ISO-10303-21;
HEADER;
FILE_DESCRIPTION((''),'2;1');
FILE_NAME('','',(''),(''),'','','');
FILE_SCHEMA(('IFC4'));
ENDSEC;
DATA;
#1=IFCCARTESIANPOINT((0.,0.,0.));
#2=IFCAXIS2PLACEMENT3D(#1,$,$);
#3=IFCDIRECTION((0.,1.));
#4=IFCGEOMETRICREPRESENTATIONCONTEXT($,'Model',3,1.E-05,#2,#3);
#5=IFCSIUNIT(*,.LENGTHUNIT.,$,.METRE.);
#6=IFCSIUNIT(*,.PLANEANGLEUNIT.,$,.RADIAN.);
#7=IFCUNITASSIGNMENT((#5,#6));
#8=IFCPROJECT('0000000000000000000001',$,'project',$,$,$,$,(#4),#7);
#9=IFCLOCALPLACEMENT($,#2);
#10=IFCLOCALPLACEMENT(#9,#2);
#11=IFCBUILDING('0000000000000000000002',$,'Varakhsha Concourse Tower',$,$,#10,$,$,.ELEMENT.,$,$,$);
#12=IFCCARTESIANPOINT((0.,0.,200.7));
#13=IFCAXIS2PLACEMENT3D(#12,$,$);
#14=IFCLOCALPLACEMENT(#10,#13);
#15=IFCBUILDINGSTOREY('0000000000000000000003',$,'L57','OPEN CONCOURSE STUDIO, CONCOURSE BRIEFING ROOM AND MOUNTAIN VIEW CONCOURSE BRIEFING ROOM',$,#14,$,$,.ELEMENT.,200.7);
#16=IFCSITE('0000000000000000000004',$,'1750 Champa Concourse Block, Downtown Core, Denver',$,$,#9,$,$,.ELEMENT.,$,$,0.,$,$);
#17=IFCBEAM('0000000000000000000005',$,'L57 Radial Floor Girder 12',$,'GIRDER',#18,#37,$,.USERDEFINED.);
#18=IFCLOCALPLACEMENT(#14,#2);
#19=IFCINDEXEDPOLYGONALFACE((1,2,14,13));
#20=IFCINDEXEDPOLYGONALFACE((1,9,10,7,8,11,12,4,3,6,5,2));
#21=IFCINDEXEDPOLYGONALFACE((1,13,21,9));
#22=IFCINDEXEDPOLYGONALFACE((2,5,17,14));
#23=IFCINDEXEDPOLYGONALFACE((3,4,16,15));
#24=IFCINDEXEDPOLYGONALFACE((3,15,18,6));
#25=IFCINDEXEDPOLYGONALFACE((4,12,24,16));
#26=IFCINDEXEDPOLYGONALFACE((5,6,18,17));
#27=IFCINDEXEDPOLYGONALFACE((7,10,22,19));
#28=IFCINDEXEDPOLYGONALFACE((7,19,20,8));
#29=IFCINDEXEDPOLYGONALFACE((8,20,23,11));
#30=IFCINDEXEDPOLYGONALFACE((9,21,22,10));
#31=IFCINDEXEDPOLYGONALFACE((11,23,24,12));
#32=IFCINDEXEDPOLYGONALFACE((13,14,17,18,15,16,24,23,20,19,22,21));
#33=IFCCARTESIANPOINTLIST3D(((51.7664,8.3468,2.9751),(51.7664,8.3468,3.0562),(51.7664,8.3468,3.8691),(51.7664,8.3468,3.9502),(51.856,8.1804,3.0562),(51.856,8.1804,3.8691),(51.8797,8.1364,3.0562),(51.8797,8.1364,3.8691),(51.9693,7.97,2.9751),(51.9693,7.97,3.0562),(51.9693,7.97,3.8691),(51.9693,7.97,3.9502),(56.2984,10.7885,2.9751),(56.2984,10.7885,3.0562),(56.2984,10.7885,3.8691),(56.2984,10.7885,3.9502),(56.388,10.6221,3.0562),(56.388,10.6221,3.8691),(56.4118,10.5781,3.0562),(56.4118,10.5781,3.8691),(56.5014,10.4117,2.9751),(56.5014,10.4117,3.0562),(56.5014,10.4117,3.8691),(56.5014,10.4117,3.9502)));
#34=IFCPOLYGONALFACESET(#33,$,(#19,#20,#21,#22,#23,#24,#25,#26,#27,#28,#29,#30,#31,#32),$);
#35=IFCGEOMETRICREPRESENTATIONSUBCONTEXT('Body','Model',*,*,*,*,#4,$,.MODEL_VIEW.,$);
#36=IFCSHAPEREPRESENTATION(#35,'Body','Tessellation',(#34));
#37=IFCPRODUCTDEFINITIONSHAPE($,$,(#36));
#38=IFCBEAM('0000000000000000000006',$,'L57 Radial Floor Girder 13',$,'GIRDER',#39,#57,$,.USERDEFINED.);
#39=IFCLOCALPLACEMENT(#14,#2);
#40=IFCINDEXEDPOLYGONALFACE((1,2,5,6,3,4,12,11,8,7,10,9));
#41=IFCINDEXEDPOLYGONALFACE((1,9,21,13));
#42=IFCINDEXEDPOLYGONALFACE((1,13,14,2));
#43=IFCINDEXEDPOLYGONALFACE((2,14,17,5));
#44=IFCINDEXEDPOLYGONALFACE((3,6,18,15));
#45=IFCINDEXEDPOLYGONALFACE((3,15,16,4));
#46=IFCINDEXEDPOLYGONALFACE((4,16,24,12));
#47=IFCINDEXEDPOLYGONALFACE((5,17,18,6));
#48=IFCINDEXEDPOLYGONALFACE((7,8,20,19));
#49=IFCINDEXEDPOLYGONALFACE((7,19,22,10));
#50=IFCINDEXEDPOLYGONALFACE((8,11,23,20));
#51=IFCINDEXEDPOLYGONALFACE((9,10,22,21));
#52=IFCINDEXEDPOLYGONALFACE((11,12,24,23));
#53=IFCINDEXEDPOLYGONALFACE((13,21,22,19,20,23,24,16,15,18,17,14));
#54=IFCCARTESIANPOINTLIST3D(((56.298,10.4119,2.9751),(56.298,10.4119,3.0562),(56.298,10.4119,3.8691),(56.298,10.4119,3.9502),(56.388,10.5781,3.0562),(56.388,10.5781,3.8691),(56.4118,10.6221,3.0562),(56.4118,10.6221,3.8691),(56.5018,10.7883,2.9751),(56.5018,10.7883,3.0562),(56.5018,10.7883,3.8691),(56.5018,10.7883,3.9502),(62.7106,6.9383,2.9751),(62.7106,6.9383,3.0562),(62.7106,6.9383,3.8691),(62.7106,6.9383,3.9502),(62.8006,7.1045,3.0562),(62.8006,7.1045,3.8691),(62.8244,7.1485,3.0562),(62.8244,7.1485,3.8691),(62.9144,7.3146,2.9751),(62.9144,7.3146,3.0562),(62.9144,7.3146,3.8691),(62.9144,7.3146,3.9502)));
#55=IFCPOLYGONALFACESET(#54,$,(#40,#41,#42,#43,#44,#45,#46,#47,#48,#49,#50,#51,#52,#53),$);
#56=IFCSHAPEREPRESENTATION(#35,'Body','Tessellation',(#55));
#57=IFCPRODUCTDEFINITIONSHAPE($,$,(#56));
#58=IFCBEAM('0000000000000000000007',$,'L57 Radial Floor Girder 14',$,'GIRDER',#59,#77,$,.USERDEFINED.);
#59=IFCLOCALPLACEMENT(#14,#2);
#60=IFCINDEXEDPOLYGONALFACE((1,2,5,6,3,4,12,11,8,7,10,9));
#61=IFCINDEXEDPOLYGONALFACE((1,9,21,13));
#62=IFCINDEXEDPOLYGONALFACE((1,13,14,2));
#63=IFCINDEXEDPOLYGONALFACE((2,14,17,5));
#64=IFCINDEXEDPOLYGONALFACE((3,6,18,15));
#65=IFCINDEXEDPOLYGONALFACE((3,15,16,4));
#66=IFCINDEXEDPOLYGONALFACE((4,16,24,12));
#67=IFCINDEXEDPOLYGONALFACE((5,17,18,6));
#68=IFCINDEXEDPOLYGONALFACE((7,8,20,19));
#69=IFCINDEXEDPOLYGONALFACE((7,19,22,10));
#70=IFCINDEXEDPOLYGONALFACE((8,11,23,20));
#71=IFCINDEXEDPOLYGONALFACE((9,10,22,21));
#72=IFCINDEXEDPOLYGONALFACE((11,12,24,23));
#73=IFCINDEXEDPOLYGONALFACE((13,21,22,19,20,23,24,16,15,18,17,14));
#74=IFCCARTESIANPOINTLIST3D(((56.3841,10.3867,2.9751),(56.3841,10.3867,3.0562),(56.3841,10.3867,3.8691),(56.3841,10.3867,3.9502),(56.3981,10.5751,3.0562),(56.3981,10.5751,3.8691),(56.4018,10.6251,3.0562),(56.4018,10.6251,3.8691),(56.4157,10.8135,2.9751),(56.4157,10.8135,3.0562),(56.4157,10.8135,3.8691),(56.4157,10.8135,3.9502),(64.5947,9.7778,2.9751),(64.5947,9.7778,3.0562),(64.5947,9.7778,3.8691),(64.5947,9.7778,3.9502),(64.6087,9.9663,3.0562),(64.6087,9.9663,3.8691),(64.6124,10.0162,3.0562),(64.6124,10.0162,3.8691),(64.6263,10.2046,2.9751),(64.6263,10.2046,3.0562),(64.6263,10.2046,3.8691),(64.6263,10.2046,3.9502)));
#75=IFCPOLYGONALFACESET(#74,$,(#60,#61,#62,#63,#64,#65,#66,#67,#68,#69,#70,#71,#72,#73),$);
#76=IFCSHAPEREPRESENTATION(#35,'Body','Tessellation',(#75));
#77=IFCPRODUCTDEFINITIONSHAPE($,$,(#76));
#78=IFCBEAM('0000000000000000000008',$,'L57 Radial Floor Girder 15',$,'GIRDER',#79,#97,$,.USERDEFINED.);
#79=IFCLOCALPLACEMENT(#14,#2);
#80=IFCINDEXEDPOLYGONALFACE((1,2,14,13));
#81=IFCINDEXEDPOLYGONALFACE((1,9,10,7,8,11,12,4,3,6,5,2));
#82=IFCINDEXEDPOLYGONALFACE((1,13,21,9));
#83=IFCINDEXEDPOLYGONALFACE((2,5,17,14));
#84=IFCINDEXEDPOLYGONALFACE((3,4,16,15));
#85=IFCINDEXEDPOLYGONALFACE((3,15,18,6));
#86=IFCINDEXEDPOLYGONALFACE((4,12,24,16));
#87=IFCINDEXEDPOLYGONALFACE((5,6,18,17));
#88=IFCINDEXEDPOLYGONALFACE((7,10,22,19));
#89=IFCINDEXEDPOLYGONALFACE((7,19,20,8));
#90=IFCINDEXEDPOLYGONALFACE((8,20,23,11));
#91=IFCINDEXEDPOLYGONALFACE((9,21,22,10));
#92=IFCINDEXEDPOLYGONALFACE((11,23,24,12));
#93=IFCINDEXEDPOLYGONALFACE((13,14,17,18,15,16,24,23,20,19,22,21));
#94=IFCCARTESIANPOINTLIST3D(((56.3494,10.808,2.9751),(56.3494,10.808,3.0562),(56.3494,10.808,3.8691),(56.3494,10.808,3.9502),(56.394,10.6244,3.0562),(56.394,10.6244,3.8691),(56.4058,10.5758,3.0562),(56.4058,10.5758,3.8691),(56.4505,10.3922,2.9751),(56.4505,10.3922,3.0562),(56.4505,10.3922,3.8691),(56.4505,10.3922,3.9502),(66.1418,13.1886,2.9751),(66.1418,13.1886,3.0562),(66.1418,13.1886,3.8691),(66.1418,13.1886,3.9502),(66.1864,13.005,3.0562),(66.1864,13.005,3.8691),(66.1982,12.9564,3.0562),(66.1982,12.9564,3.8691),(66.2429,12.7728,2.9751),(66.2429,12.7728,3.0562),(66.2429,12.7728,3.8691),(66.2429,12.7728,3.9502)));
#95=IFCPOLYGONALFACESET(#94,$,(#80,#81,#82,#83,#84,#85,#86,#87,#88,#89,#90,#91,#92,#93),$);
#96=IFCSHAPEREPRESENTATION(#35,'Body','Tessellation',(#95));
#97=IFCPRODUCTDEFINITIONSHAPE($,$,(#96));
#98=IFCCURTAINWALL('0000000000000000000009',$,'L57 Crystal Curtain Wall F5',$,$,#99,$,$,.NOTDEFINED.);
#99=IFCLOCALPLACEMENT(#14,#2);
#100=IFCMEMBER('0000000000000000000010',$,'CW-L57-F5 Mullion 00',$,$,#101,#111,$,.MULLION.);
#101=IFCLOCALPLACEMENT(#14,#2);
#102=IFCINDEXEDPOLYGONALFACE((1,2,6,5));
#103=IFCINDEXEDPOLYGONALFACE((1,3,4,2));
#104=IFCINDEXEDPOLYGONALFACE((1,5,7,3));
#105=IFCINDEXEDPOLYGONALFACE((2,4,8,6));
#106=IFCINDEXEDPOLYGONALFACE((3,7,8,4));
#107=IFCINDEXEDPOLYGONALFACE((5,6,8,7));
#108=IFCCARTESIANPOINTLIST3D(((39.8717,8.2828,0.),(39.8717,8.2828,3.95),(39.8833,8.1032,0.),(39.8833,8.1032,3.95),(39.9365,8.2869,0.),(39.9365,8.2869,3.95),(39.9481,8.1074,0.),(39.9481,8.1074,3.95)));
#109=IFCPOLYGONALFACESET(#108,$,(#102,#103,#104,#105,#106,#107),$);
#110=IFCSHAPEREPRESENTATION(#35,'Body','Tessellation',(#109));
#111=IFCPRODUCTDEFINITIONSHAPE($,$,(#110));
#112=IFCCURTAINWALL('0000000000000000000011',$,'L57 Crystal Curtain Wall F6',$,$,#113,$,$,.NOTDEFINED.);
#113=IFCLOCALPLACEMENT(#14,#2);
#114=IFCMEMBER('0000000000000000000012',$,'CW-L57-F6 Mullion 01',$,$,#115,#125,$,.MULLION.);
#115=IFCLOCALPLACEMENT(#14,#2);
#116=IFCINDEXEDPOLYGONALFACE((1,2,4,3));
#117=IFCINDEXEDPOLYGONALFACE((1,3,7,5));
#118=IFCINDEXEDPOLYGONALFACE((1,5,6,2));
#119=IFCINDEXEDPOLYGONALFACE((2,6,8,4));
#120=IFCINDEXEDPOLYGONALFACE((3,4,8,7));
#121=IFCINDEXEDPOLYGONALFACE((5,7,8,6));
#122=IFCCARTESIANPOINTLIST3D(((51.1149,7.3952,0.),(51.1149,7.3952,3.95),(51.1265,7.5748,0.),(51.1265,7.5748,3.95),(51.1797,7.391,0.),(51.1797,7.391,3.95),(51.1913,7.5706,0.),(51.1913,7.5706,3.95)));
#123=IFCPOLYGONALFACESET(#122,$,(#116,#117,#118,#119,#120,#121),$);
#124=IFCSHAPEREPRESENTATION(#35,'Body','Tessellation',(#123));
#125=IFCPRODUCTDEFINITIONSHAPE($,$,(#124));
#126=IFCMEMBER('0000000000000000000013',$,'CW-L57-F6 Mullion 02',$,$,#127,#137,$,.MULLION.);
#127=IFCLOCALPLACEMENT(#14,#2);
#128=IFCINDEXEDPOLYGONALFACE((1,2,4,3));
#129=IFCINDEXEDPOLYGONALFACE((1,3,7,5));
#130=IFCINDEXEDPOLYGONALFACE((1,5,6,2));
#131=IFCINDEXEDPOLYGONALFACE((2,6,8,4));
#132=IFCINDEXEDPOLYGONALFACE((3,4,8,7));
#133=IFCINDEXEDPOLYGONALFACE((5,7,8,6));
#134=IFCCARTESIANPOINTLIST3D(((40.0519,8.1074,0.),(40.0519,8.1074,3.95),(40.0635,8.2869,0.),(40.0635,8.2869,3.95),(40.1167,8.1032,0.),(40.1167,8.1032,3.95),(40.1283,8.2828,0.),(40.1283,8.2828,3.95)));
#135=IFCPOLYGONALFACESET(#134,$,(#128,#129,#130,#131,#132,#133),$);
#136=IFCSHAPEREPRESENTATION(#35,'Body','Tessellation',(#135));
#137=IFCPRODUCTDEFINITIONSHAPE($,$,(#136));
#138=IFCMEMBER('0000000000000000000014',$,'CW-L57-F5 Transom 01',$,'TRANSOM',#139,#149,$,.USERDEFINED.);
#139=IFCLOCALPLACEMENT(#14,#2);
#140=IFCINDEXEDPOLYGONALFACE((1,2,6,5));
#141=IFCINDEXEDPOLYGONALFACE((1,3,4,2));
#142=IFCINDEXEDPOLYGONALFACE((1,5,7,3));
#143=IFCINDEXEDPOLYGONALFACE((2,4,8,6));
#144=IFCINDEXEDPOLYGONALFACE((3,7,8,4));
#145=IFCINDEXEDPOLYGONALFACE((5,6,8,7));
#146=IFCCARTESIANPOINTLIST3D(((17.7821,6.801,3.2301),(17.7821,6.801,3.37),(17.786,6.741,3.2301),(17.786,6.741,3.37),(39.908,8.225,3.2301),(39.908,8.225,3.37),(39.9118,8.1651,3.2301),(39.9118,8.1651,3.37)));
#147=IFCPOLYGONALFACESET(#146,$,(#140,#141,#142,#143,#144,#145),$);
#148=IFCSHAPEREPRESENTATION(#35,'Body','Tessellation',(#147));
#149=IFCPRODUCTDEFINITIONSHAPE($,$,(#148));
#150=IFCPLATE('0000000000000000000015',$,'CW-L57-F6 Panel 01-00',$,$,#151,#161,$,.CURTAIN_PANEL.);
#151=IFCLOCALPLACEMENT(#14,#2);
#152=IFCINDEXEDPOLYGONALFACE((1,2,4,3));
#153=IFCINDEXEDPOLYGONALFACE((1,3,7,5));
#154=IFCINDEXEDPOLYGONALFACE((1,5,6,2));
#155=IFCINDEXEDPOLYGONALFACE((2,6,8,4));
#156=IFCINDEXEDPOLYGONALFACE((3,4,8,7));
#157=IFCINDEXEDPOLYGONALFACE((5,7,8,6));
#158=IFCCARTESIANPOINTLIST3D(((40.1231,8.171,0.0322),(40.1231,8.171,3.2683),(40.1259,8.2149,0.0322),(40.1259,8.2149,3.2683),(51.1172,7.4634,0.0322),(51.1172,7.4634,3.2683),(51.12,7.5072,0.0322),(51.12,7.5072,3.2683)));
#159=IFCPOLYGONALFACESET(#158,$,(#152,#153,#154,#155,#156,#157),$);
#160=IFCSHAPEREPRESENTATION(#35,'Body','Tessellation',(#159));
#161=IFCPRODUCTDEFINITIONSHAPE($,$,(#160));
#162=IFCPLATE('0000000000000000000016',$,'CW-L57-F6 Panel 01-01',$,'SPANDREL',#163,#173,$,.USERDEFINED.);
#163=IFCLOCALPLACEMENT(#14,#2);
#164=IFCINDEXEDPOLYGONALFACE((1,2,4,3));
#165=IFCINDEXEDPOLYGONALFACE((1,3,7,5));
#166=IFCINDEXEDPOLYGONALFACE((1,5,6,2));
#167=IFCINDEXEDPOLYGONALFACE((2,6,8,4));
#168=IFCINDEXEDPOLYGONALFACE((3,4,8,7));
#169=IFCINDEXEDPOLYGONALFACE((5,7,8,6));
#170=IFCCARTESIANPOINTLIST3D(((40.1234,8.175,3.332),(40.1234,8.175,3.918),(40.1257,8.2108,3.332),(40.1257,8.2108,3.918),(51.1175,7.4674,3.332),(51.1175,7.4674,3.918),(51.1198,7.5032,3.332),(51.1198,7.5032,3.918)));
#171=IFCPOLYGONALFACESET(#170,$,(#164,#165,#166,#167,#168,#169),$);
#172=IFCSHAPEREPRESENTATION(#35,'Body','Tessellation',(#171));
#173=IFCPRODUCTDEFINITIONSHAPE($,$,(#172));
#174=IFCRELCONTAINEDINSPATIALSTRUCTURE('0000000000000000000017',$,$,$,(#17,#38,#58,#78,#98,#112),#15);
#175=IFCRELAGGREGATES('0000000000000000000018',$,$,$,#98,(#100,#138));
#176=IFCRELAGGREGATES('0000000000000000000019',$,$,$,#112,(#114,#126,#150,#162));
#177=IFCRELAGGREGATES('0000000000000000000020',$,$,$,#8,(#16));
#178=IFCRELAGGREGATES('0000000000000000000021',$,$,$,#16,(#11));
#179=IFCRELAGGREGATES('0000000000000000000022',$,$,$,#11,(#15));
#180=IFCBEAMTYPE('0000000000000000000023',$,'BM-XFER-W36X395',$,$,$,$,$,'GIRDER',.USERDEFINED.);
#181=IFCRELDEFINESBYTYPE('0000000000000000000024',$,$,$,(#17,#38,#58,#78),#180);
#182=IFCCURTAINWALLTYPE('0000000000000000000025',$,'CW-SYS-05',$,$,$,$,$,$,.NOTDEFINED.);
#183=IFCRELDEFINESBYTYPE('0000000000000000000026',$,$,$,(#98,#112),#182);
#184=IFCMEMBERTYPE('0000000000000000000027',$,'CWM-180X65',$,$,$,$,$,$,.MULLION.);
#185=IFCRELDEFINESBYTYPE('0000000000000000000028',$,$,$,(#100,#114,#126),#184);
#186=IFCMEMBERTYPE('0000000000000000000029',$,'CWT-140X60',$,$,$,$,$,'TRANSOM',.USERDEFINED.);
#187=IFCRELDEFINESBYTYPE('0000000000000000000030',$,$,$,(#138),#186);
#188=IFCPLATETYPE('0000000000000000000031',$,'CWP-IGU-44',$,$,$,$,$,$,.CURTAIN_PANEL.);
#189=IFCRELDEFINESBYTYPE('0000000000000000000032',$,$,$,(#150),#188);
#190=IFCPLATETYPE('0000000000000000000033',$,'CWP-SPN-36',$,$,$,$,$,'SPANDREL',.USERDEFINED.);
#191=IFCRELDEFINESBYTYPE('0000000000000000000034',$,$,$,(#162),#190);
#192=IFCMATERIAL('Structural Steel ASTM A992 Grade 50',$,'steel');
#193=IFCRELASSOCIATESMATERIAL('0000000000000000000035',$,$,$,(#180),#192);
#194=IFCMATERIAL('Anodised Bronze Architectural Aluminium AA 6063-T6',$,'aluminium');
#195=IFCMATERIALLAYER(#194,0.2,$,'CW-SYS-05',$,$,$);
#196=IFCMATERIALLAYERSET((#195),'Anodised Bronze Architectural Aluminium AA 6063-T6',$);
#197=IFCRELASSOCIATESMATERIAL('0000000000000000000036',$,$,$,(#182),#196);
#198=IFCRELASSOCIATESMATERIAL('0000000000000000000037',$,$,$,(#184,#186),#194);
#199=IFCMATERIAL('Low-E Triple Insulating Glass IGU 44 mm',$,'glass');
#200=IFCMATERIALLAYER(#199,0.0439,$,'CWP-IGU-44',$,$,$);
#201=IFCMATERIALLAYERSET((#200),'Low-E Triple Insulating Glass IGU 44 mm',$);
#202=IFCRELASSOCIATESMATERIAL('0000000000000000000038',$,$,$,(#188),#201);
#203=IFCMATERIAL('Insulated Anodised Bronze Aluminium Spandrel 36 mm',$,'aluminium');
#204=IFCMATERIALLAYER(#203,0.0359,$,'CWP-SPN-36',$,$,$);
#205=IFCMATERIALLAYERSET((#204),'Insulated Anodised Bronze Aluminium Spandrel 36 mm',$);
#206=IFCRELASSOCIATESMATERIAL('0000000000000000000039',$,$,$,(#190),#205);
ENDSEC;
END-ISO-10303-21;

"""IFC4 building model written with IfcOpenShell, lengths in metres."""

from ifc_helpers import new_model, si_unit, direction, frame, origin, origin_2d, place, context, subcontext, project, spatial, rectangle, i_section, extrude, source, transform, mapped, material, layer, layer_set, material_profile, profile_set, type_object, type_shapes, element, aggregate, save


model = new_model("IFC4")

# Units and contexts
model_context = context("Model", 3, precision=1e-05, world=origin(), true_north=direction((0.0, 1.0)))
body_context = subcontext(model_context, "Body", "Model", "MODEL_VIEW")
ifc_project = project(units=[si_unit("LENGTHUNIT", "METRE"), si_unit("PLANEANGLEUNIT", "RADIAN")], contexts=[model_context])

# Site, building, storey
site_placement = place(None, origin())
site = spatial("IfcSite", under=ifc_project, at=site_placement, Name="1750 Champa Concourse Block, Downtown Core, Denver", CompositionType="ELEMENT", RefElevation=0.0)
building_placement = place(site_placement, origin())
building = spatial("IfcBuilding", under=site, at=building_placement, Name="Varakhsha Concourse Tower", CompositionType="ELEMENT")
storey_placement = place(building_placement, frame((0.0, 0.0, 200.7)))
storey = spatial("IfcBuildingStorey", under=building, at=storey_placement, Name="L57", Description="OPEN CONCOURSE STUDIO, CONCOURSE BRIEFING ROOM AND MOUNTAIN VIEW CONCOURSE BRIEFING ROOM", CompositionType="ELEMENT", Elevation=200.7)

# Shared definitions
ifc_material_1 = material(Name="Structural Steel ASTM A992 Grade 50", Category="steel")

# Beams
ifc_material_profile_1 = material_profile(ifc_material_1, i_section(OverallWidth=0.428, OverallDepth=0.9751, WebThickness=0.05, FlangeThickness=0.0811, at=origin_2d()), Name="W36X395")
ifc_profile_set_1 = profile_set([ifc_material_profile_1], Name="Structural Steel ASTM A992 Grade 50")
beam_type_1 = type_object("IfcBeamType", Name="BM-XFER-W36X395", ElementType="GIRDER", PredefinedType="USERDEFINED", material=ifc_profile_set_1)
beam_1_placement = place(storey_placement, frame((56.3999, 10.6001, 3.4626), z_axis=(-0.880361, -0.474303, 0.0), x_axis=(0.474303, -0.880361, 0.0)))
element("IfcBeam", 1, at=beam_1_placement, inside=storey, type_object=beam_type_1, Name="L57 Radial Floor Girder 12", ObjectType="GIRDER", PredefinedType="USERDEFINED", context=body_context, shape_type="SweptSolid", body=[
    extrude(i_section(OverallWidth=0.428, OverallDepth=0.9751, WebThickness=0.05, FlangeThickness=0.0811, at=origin_2d()), origin(), (0.0, 0.0, 1.0), 5.1479),
])
beam_2_placement = place(storey_placement, frame((56.3999, 10.6001, 3.4626), z_axis=(0.879284, -0.476298, 0.0), x_axis=(0.476298, 0.879284, 0.0)))
element("IfcBeam", 2, at=beam_2_placement, inside=storey, type_object=beam_type_1, Name="L57 Radial Floor Girder 13", ObjectType="GIRDER", PredefinedType="USERDEFINED", context=body_context, shape_type="SweptSolid", body=[
    extrude(i_section(OverallWidth=0.428, OverallDepth=0.9751, WebThickness=0.05, FlangeThickness=0.0811, at=origin_2d()), origin(), (0.0, 0.0, 1.0), 7.293),
])
beam_3_placement = place(storey_placement, frame((56.3999, 10.6001, 3.4626), z_axis=(0.997262, -0.073955, 0.0), x_axis=(0.073955, 0.997262, 0.0)))
element("IfcBeam", 3, at=beam_3_placement, inside=storey, type_object=beam_type_1, Name="L57 Radial Floor Girder 14", ObjectType="GIRDER", PredefinedType="USERDEFINED", context=body_context, shape_type="SweptSolid", body=[
    extrude(i_section(OverallWidth=0.428, OverallDepth=0.9751, WebThickness=0.05, FlangeThickness=0.0811, at=origin_2d()), origin(), (0.0, 0.0, 1.0), 8.2332),
])
beam_4_placement = place(storey_placement, frame((56.3999, 10.6001, 3.4626), z_axis=(0.971698, 0.236226, 0.0), x_axis=(-0.236226, 0.971698, 0.0)))
element("IfcBeam", 4, at=beam_4_placement, inside=storey, type_object=beam_type_1, Name="L57 Radial Floor Girder 15", ObjectType="GIRDER", PredefinedType="USERDEFINED", context=body_context, shape_type="SweptSolid", body=[
    extrude(i_section(OverallWidth=0.428, OverallDepth=0.9751, WebThickness=0.05, FlangeThickness=0.0811, at=origin_2d()), origin(), (0.0, 0.0, 1.0), 10.0776),
])

# Curtain wall, member
ifc_material_2 = material(Name="Anodised Bronze Architectural Aluminium AA 6063-T6", Category="aluminium")
ifc_layer_1 = layer(ifc_material_2, 0.2, Name="CW-SYS-05")
ifc_layer_set_1 = layer_set([ifc_layer_1], Name="Anodised Bronze Architectural Aluminium AA 6063-T6")
curtain_wall_type = type_object("IfcCurtainWallType", Name="CW-SYS-05", PredefinedType="NOTDEFINED", material=ifc_layer_set_1)
curtain_wall_1_placement = place(storey_placement, origin())
curtain_wall_1 = element("IfcCurtainWall", 5, at=curtain_wall_1_placement, inside=storey, type_object=curtain_wall_type, Name="L57 Crystal Curtain Wall F5", PredefinedType="NOTDEFINED")
ifc_material_profile_2 = material_profile(ifc_material_2, rectangle(XDim=0.0649, YDim=0.1799, at=origin_2d()), Name="CWM-180X65")
ifc_profile_set_2 = profile_set([ifc_material_profile_2], Name="Anodised Bronze Architectural Aluminium AA 6063-T6")
member_type_1 = type_object("IfcMemberType", Name="CWM-180X65", PredefinedType="MULLION", material=ifc_profile_set_2)
shared_shape_1 = source(origin(), body_context, "Body", "SweptSolid", [
    extrude(rectangle(XDim=0.0649, YDim=0.1799, at=origin_2d()), origin(), (0.0, 0.0, 1.0), 3.95),
])
type_shapes(member_type_1, [shared_shape_1])
member_1_placement = place(storey_placement, frame((39.9099, 8.1951, 0.0), z_axis=(0.0, 0.0, 1.0), x_axis=(-0.997935, -0.064231, 0.0)))
member_1 = element("IfcMember", 6, at=member_1_placement, type_object=member_type_1, Name="CW-L57-F5 Mullion 00", PredefinedType="MULLION", context=body_context, shape_type="MappedRepresentation", body=[
    mapped(shared_shape_1, transform((0.0, 0.0, 0.0), scale=1.0)),
])

# Curtain wall, members
curtain_wall_2_placement = place(storey_placement, origin())
curtain_wall_2 = element("IfcCurtainWall", 7, at=curtain_wall_2_placement, inside=storey, type_object=curtain_wall_type, Name="L57 Crystal Curtain Wall F6", PredefinedType="NOTDEFINED")
member_2_placement = place(storey_placement, frame((51.1531, 7.4829, 0.0), z_axis=(0.0, 0.0, 1.0), x_axis=(-0.997935, 0.064231, 0.0)))
member_2 = element("IfcMember", 8, at=member_2_placement, type_object=member_type_1, Name="CW-L57-F6 Mullion 01", PredefinedType="MULLION", context=body_context, shape_type="MappedRepresentation", body=[
    mapped(shared_shape_1, transform((0.0, 0.0, 0.0), scale=1.0)),
])
member_3_placement = place(storey_placement, frame((40.0901, 8.1951, 0.0), z_axis=(0.0, 0.0, 1.0), x_axis=(-0.997935, 0.064231, 0.0)))
member_3 = element("IfcMember", 9, at=member_3_placement, type_object=member_type_1, Name="CW-L57-F6 Mullion 02", PredefinedType="MULLION", context=body_context, shape_type="MappedRepresentation", body=[
    mapped(shared_shape_1, transform((0.0, 0.0, 0.0), scale=1.0)),
])

# Member
ifc_material_profile_3 = material_profile(ifc_material_2, rectangle(XDim=0.0601, YDim=0.1399, at=origin_2d()), Name="CWT-140X60")
ifc_profile_set_3 = profile_set([ifc_material_profile_3], Name="Anodised Bronze Architectural Aluminium AA 6063-T6")
member_type_2 = type_object("IfcMemberType", Name="CWT-140X60", ElementType="TRANSOM", PredefinedType="USERDEFINED", material=ifc_profile_set_3)
shared_shape_2 = source(origin(), body_context, "Body", "SweptSolid", [
    extrude(rectangle(XDim=0.0601, YDim=0.1399, at=origin_2d()), origin(), (0.0, 0.0, 1.0), 22.1716),
])
type_shapes(member_type_2, [shared_shape_2])
member_4_placement = place(storey_placement, frame((39.9099, 8.1951, 3.3), z_axis=(-0.997935, -0.06423, 0.0), x_axis=(0.06423, -0.997935, 0.0)))
member_4 = element("IfcMember", 10, at=member_4_placement, type_object=member_type_2, Name="CW-L57-F5 Transom 01", ObjectType="TRANSOM", PredefinedType="USERDEFINED", context=body_context, shape_type="MappedRepresentation", body=[
    mapped(shared_shape_2, transform((0.0, 0.0, 0.0), scale=1.0)),
])
aggregate(curtain_wall_1, [member_1, member_4])

# Plates
ifc_material_3 = material(Name="Low-E Triple Insulating Glass IGU 44 mm", Category="glass")
ifc_layer_2 = layer(ifc_material_3, 0.0439, Name="CWP-IGU-44")
ifc_layer_set_2 = layer_set([ifc_layer_2], Name="Low-E Triple Insulating Glass IGU 44 mm")
plate_type_1 = type_object("IfcPlateType", Name="CWP-IGU-44", PredefinedType="CURTAIN_PANEL", material=ifc_layer_set_2)
shared_shape_3 = source(origin(), body_context, "Body", "SweptSolid", [
    extrude(rectangle(XDim=11.0168, YDim=0.0439, at=origin_2d()), origin(), (0.0, 0.0, 1.0), 3.2361),
])
type_shapes(plate_type_1, [shared_shape_3])
plate_1_placement = place(storey_placement, frame((45.6216, 7.8391, 0.0322), z_axis=(0.0, 0.0, 1.0), x_axis=(-0.997935, 0.064231, 0.0)))
plate_1 = element("IfcPlate", 11, at=plate_1_placement, type_object=plate_type_1, Name="CW-L57-F6 Panel 01-00", PredefinedType="CURTAIN_PANEL", context=body_context, shape_type="MappedRepresentation", body=[
    mapped(shared_shape_3, transform((0.0, 0.0, 0.0), scale=1.0)),
])
ifc_material_4 = material(Name="Insulated Anodised Bronze Aluminium Spandrel 36 mm", Category="aluminium")
ifc_layer_3 = layer(ifc_material_4, 0.0359, Name="CWP-SPN-36")
ifc_layer_set_3 = layer_set([ifc_layer_3], Name="Insulated Anodised Bronze Aluminium Spandrel 36 mm")
plate_type_2 = type_object("IfcPlateType", Name="CWP-SPN-36", ElementType="SPANDREL", PredefinedType="USERDEFINED", material=ifc_layer_set_3)
shared_shape_4 = source(origin(), body_context, "Body", "SweptSolid", [
    extrude(rectangle(XDim=11.0168, YDim=0.0359, at=origin_2d()), origin(), (0.0, 0.0, 1.0), 0.5859),
])
type_shapes(plate_type_2, [shared_shape_4])
plate_2_placement = place(storey_placement, frame((45.6216, 7.8391, 3.332), z_axis=(0.0, 0.0, 1.0), x_axis=(-0.997935, 0.064231, 0.0)))
plate_2 = element("IfcPlate", 12, at=plate_2_placement, type_object=plate_type_2, Name="CW-L57-F6 Panel 01-01", ObjectType="SPANDREL", PredefinedType="USERDEFINED", context=body_context, shape_type="MappedRepresentation", body=[
    mapped(shared_shape_4, transform((0.0, 0.0, 0.0), scale=1.0)),
])
aggregate(curtain_wall_2, [member_2, member_3, plate_1, plate_2])

save(model, "model.ifc")
